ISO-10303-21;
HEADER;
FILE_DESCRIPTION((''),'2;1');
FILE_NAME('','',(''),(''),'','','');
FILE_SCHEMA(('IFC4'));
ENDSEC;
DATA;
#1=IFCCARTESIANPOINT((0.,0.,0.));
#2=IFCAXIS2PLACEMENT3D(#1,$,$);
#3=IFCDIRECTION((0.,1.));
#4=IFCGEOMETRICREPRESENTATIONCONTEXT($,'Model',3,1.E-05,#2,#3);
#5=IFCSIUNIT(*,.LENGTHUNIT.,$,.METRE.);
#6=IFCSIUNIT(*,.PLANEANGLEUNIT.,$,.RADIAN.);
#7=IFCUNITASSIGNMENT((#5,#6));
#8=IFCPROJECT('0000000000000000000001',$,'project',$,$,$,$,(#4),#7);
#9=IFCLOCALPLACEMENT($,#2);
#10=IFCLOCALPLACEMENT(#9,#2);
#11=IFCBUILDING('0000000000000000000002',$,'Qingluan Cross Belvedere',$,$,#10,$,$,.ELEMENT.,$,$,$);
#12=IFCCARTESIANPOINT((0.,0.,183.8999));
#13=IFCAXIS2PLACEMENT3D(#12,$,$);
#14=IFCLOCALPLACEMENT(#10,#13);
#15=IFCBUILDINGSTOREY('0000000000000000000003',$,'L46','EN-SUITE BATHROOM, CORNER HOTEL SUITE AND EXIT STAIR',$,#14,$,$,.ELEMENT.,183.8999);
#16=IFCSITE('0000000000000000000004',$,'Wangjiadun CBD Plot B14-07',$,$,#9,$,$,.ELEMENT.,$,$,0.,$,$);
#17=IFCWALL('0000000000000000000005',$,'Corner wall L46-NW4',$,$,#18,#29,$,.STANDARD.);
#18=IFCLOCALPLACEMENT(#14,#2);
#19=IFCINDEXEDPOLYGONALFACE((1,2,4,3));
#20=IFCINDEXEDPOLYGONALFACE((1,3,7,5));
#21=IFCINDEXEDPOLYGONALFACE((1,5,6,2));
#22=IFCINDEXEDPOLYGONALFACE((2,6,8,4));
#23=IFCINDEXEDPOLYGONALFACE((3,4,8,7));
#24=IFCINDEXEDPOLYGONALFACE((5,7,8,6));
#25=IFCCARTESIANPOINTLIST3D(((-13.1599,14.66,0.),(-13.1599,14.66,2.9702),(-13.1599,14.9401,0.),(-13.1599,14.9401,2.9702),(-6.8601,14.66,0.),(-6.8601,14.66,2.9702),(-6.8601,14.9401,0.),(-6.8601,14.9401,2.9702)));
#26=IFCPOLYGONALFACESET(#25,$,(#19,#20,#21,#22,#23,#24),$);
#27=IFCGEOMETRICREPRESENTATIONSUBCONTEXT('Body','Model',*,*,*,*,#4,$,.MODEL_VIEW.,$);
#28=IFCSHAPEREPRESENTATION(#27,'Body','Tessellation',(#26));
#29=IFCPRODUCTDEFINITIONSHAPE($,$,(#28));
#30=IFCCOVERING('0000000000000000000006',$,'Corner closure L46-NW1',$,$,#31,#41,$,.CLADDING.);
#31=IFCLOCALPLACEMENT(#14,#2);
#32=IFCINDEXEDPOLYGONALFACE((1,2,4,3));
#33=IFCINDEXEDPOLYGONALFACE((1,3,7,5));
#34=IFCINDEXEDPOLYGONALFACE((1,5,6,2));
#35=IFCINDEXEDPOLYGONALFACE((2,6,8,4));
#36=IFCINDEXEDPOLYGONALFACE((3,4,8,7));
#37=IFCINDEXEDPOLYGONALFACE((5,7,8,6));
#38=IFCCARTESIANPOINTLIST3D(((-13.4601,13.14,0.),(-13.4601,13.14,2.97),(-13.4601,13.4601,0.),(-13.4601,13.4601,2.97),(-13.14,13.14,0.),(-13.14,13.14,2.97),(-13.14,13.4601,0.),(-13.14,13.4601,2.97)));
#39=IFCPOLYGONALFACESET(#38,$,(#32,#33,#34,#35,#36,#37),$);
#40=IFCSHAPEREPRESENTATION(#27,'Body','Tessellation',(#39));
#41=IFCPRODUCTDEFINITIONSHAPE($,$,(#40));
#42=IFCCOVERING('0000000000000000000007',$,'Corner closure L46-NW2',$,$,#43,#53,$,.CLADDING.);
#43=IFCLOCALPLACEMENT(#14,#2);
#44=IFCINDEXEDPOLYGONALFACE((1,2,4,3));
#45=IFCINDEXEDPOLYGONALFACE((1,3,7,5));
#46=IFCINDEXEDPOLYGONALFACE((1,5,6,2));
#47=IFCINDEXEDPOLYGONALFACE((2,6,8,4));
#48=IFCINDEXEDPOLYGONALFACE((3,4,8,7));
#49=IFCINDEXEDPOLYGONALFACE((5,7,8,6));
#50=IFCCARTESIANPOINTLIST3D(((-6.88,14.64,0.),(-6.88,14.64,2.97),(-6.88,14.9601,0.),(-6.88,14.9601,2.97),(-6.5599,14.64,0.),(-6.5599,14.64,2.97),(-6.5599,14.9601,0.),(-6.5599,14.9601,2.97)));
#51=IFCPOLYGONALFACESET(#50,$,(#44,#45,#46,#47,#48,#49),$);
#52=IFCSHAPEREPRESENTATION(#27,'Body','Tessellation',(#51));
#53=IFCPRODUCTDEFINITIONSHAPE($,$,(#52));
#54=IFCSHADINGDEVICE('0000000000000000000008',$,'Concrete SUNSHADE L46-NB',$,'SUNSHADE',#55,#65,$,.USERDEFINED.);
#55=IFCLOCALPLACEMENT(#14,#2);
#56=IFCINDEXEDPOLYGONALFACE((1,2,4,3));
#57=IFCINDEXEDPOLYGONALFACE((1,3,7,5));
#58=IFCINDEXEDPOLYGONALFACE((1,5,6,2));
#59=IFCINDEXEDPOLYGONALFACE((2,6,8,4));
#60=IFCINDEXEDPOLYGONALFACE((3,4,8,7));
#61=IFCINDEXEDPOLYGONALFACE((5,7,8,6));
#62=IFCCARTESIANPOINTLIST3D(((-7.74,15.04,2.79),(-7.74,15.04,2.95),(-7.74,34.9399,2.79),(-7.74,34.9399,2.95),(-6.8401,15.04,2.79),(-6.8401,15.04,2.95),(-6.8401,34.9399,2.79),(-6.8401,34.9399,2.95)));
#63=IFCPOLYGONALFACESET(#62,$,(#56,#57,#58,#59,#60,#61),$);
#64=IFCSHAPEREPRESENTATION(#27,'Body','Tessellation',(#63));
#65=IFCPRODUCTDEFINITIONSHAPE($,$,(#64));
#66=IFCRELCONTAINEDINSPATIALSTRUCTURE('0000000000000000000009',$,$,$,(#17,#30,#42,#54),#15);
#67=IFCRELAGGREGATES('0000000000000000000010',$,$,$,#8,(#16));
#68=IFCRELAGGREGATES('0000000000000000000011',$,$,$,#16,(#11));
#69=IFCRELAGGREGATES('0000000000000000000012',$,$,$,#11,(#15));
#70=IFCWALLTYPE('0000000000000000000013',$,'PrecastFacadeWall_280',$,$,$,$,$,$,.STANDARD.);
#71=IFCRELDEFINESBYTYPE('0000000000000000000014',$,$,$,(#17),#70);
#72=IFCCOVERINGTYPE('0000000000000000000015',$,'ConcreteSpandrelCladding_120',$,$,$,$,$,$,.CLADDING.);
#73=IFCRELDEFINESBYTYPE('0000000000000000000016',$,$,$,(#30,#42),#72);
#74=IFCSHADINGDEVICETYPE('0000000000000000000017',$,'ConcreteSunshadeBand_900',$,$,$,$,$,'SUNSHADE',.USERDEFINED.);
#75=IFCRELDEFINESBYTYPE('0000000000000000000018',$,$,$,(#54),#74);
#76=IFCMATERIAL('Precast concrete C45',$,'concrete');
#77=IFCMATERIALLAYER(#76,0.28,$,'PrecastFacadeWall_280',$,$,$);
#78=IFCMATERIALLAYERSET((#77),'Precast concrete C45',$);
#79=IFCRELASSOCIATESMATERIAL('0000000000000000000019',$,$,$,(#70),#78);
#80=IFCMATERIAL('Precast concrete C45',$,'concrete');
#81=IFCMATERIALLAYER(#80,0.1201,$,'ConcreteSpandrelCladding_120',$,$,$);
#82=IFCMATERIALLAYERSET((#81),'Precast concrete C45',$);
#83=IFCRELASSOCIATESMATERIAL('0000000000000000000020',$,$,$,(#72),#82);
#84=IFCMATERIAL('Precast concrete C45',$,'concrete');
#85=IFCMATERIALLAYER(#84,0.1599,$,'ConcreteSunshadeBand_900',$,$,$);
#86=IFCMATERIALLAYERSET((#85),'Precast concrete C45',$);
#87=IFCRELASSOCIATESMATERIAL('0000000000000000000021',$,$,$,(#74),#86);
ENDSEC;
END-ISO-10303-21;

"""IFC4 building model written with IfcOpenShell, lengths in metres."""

from ifc_helpers import new_model, si_unit, direction, frame, frame_2d, origin, origin_2d, place, context, subcontext, project, spatial, rectangle, extrude, material, layer, layer_set, type_object, element, save


model = new_model("IFC4")

# Units and contexts
model_context = context("Model", 3, precision=1e-05, world=origin(), true_north=direction((0.0, 1.0)))
body_context = subcontext(model_context, "Body", "Model", "MODEL_VIEW")
ifc_project = project(units=[si_unit("LENGTHUNIT", "METRE"), si_unit("PLANEANGLEUNIT", "RADIAN")], contexts=[model_context])

# Site, building, storey
site_placement = place(None, origin())
site = spatial("IfcSite", under=ifc_project, at=site_placement, Name="Wangjiadun CBD Plot B14-07", CompositionType="ELEMENT", RefElevation=0.0)
building_placement = place(site_placement, origin())
building = spatial("IfcBuilding", under=site, at=building_placement, Name="Qingluan Cross Belvedere", CompositionType="ELEMENT")
storey_placement = place(building_placement, frame((0.0, 0.0, 183.8999)))
storey = spatial("IfcBuildingStorey", under=building, at=storey_placement, Name="L46", Description="EN-SUITE BATHROOM, CORNER HOTEL SUITE AND EXIT STAIR", CompositionType="ELEMENT", Elevation=183.8999)

# Shared definitions
ifc_material_1 = material(Name="Precast concrete C45", Category="concrete")
ifc_layer_1 = layer(ifc_material_1, 0.28, Name="PrecastFacadeWall_280")
ifc_layer_set_1 = layer_set([ifc_layer_1], Name="Precast concrete C45")
wall_type_1 = type_object("IfcWallType", Name="PrecastFacadeWall_280", PredefinedType="STANDARD", material=ifc_layer_set_1)

# Wall
wall_1_placement = place(storey_placement, frame((-13.1599, 14.8, 0.0), z_axis=(0.0, 0.0, 1.0), x_axis=(1.0, 0.0, 0.0)))
element("IfcWall", 1, at=wall_1_placement, inside=storey, type_object=wall_type_1, Name="Corner wall L46-NW4", PredefinedType="STANDARD", context=body_context, shape_type="SweptSolid", body=[
    extrude(rectangle(XDim=6.2998, YDim=0.28, at=frame_2d((3.1499, 0.0))), origin(), (0.0, 0.0, 1.0), 2.9702),
])

# Coverings
ifc_material_2 = material(Name="Precast concrete C45", Category="concrete")
ifc_layer_2 = layer(ifc_material_2, 0.1201, Name="ConcreteSpandrelCladding_120")
ifc_layer_set_2 = layer_set([ifc_layer_2], Name="Precast concrete C45")
covering_type = type_object("IfcCoveringType", Name="ConcreteSpandrelCladding_120", PredefinedType="CLADDING", material=ifc_layer_set_2)
for number, where, z_axis, x_axis, name in (
    (2, (-13.3, 13.3, 0.0), (0.0, 0.0, 1.0), (1.0, 0.0, 0.0), "Corner closure L46-NW1"),
    (3, (-6.72, 14.8, 0.0), (0.0, 0.0, 1.0), (1.0, 0.0, 0.0), "Corner closure L46-NW2"),
):
    element("IfcCovering", number, at=place(storey_placement, frame(where, z_axis=z_axis, x_axis=x_axis)), inside=storey, type_object=covering_type, Name=name, PredefinedType="CLADDING", context=body_context, shape_type="SweptSolid", body=[
        extrude(rectangle(XDim=0.3201, YDim=0.3201, at=origin_2d()), origin(), (0.0, 0.0, 1.0), 2.97),
    ])

# Shading device
ifc_material_3 = material(Name="Precast concrete C45", Category="concrete")
ifc_layer_3 = layer(ifc_material_3, 0.1599, Name="ConcreteSunshadeBand_900")
ifc_layer_set_3 = layer_set([ifc_layer_3], Name="Precast concrete C45")
shading_device_type = type_object("IfcShadingDeviceType", Name="ConcreteSunshadeBand_900", ElementType="SUNSHADE", PredefinedType="USERDEFINED", material=ifc_layer_set_3)
shading_device_placement = place(storey_placement, frame((-7.29, 24.99, 2.79), z_axis=(0.0, 0.0, 1.0), x_axis=(0.0, -1.0, 0.0)))
element("IfcShadingDevice", 4, at=shading_device_placement, inside=storey, type_object=shading_device_type, Name="Concrete SUNSHADE L46-NB", ObjectType="SUNSHADE", PredefinedType="USERDEFINED", context=body_context, shape_type="SweptSolid", body=[
    extrude(rectangle(XDim=19.8999, YDim=0.8999, at=origin_2d()), origin(), (0.0, 0.0, 1.0), 0.1599),
])

save(model, "model.ifc")
